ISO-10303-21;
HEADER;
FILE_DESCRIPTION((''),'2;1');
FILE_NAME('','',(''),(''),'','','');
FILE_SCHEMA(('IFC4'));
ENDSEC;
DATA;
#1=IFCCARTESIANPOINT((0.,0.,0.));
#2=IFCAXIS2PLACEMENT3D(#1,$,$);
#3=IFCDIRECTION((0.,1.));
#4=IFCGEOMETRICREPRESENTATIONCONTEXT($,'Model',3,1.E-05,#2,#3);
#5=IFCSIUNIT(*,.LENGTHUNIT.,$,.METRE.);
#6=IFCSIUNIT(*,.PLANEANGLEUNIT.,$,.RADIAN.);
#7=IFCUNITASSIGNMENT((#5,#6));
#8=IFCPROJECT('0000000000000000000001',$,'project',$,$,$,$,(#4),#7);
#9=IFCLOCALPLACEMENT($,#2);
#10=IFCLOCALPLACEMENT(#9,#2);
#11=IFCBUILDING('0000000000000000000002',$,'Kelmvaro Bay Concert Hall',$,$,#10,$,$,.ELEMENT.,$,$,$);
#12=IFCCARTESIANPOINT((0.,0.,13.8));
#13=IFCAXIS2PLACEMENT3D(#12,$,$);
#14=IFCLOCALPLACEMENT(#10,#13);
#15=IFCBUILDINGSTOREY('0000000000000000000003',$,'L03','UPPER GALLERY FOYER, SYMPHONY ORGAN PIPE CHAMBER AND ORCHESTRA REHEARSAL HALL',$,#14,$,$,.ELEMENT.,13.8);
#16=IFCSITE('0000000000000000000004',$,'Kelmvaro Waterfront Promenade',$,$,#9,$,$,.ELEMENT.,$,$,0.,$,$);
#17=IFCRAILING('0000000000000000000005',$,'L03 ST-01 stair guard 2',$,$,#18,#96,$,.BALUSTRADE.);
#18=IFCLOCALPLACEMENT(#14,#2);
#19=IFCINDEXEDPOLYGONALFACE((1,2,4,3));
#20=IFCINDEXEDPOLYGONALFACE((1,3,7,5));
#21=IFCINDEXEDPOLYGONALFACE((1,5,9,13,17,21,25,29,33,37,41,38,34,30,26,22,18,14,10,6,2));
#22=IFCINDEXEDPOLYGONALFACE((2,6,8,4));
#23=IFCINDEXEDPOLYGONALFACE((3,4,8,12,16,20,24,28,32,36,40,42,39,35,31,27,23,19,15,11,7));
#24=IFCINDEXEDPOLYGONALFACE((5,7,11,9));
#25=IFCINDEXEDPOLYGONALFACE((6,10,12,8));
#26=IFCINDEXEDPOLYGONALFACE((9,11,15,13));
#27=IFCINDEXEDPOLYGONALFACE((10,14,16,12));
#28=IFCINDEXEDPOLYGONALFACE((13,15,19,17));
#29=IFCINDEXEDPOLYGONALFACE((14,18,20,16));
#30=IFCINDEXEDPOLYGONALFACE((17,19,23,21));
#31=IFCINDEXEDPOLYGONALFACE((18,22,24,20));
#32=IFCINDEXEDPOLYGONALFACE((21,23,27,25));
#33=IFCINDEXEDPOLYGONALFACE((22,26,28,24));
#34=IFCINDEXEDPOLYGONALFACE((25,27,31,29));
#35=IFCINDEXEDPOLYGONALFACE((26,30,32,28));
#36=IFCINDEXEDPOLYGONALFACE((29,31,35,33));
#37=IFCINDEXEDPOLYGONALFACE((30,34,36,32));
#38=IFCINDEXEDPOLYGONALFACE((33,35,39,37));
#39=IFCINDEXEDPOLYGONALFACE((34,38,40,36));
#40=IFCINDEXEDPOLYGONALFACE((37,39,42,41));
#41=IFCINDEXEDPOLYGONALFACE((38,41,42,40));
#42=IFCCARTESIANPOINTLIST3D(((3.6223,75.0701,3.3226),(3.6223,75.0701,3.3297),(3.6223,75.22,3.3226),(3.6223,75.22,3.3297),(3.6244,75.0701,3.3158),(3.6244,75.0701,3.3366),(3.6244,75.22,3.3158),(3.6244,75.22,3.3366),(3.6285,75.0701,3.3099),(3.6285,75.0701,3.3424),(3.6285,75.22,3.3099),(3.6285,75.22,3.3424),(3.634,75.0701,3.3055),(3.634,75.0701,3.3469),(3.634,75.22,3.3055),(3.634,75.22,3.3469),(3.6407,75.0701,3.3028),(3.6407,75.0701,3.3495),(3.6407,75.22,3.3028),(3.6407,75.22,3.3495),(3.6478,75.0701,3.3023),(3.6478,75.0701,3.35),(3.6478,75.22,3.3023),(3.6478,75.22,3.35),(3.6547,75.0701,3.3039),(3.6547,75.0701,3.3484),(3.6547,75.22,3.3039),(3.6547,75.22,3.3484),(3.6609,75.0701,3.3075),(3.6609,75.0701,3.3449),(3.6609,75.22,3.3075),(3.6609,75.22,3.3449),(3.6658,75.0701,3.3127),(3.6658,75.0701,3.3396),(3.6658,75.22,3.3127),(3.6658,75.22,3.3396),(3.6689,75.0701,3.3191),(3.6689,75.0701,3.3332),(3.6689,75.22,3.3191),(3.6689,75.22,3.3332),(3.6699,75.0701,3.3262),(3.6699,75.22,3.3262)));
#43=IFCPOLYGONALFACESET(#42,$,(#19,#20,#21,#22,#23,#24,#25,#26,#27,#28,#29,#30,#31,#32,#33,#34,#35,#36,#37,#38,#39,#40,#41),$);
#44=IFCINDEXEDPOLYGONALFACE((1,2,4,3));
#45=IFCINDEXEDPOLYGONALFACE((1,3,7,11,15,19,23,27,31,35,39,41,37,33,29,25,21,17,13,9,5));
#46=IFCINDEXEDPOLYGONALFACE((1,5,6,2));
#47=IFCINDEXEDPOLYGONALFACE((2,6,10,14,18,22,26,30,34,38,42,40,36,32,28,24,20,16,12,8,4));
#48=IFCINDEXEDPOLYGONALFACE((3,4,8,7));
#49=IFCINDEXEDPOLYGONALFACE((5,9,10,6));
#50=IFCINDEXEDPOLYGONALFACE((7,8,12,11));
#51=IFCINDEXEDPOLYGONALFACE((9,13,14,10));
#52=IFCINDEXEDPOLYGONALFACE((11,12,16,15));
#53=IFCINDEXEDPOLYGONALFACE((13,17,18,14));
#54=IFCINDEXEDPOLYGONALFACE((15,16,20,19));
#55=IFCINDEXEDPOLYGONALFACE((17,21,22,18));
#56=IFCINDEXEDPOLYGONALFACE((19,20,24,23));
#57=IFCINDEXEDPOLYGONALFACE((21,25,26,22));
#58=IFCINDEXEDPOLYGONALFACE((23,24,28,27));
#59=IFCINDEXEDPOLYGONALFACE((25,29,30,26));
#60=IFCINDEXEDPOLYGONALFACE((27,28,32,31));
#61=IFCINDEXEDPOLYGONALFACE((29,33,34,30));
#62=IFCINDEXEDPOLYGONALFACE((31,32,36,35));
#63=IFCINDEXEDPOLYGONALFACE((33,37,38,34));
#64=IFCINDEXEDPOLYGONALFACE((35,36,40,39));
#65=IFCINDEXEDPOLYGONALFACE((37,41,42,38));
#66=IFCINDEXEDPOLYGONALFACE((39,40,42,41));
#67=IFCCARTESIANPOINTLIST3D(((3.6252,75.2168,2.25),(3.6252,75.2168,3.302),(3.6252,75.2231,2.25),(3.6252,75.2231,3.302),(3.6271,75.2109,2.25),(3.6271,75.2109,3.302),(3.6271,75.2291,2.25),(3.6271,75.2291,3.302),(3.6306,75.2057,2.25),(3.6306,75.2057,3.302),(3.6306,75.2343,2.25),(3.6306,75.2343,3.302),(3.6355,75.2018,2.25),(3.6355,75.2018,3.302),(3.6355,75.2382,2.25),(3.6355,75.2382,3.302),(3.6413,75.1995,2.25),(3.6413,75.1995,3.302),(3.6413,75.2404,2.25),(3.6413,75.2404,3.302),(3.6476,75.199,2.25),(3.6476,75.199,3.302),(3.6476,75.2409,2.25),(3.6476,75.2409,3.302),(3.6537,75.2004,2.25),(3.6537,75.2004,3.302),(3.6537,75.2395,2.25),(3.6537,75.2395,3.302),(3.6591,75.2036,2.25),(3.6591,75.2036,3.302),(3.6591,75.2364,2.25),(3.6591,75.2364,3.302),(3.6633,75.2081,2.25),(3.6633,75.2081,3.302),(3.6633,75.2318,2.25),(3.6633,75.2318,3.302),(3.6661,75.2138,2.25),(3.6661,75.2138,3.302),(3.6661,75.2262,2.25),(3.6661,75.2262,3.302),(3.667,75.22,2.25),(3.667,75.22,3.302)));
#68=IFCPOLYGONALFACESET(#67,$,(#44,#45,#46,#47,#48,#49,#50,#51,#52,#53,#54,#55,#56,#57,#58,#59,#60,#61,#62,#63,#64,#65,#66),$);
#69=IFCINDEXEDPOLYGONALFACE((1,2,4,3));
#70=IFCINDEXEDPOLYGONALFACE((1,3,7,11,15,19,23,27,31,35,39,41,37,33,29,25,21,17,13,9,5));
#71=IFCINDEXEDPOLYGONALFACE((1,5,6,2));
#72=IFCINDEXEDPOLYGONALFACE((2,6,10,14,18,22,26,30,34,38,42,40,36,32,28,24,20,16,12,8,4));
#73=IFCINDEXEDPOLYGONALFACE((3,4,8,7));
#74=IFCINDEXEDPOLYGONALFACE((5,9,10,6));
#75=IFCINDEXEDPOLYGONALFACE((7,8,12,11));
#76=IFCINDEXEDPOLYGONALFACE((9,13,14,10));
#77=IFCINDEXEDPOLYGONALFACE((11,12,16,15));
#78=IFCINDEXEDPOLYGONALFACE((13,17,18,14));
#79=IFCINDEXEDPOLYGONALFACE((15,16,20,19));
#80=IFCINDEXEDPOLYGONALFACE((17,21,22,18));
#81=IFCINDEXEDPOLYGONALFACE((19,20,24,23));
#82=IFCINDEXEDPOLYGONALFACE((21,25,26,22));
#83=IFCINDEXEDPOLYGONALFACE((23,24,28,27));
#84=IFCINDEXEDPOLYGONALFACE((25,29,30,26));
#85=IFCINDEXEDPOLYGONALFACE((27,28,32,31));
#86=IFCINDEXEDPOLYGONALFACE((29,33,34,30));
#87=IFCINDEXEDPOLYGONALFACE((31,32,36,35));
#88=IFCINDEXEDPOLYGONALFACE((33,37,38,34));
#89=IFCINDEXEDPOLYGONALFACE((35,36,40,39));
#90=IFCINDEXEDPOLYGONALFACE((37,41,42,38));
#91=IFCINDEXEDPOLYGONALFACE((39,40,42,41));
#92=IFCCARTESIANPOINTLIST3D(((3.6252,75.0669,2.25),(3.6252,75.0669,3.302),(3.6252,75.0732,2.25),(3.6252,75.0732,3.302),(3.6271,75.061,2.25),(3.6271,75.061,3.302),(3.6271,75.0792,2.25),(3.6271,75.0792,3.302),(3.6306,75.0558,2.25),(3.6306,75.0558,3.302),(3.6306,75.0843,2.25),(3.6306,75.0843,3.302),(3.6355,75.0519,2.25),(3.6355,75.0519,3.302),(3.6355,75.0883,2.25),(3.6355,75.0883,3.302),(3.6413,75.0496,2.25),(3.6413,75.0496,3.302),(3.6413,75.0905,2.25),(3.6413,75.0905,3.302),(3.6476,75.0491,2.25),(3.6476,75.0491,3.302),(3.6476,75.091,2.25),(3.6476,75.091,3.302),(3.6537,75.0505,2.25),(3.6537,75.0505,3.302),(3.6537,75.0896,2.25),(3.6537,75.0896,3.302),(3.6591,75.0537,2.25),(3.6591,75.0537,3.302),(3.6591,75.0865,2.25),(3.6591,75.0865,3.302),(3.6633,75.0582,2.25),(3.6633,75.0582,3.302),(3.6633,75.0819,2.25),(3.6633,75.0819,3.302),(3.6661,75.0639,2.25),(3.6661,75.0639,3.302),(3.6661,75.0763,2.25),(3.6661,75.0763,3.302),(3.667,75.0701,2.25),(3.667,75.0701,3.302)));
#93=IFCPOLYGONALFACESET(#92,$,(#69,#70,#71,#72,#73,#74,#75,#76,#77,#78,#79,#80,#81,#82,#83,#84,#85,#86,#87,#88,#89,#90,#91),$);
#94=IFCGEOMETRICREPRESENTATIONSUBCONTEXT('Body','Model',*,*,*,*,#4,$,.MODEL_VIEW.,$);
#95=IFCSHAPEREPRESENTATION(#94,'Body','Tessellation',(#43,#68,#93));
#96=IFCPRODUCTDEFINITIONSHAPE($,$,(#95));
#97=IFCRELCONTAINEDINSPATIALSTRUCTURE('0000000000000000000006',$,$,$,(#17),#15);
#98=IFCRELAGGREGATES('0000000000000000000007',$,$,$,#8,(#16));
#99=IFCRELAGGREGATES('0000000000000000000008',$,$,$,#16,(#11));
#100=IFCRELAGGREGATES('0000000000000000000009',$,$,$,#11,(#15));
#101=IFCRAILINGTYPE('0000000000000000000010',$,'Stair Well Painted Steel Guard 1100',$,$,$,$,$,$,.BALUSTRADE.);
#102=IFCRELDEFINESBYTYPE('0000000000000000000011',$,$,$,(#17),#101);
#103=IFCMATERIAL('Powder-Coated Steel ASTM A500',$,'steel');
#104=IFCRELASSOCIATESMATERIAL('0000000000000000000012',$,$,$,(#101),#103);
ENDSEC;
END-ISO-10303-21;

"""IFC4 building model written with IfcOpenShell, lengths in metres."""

from ifc_helpers import new_model, si_unit, direction, frame, origin, origin_2d, place, context, subcontext, project, spatial, circle, extrude, material, type_object, element, save


model = new_model("IFC4")

# Units and contexts
model_context = context("Model", 3, precision=1e-05, world=origin(), true_north=direction((0.0, 1.0)))
body_context = subcontext(model_context, "Body", "Model", "MODEL_VIEW")
ifc_project = project(units=[si_unit("LENGTHUNIT", "METRE"), si_unit("PLANEANGLEUNIT", "RADIAN")], contexts=[model_context])

# Site, building, storey
site_placement = place(None, origin())
site = spatial("IfcSite", under=ifc_project, at=site_placement, Name="Kelmvaro Waterfront Promenade", CompositionType="ELEMENT", RefElevation=0.0)
building_placement = place(site_placement, origin())
building = spatial("IfcBuilding", under=site, at=building_placement, Name="Kelmvaro Bay Concert Hall", CompositionType="ELEMENT")
storey_placement = place(building_placement, frame((0.0, 0.0, 13.8)))
storey = spatial("IfcBuildingStorey", under=building, at=storey_placement, Name="L03", Description="UPPER GALLERY FOYER, SYMPHONY ORGAN PIPE CHAMBER AND ORCHESTRA REHEARSAL HALL", CompositionType="ELEMENT", Elevation=13.8)

# Railing
ifc_material_1 = material(Name="Powder-Coated Steel ASTM A500", Category="steel")
railing_type_1 = type_object("IfcRailingType", Name="Stair Well Painted Steel Guard 1100", PredefinedType="BALUSTRADE", material=ifc_material_1)
railing_1_placement = place(storey_placement, frame((3.646, 75.22, 2.25)))
element("IfcRailing", 1, at=railing_1_placement, inside=storey, type_object=railing_type_1, Name="L03 ST-01 stair guard 2", PredefinedType="BALUSTRADE", context=body_context, shape_type="SweptSolid", body=[
    extrude(circle(Radius=0.0239, at=origin_2d()), frame((0.0, 0.0, 1.0762), z_axis=(0.0, -1.0, 0.0), x_axis=(1.0, 0.0, 0.0)), (0.0, 0.0, 1.0), 0.1499),
    extrude(circle(Radius=0.021, at=origin_2d()), origin(), (0.0, 0.0, 1.0), 1.052),
    extrude(circle(Radius=0.021, at=origin_2d()), frame((0.0, -0.1499, 0.0)), (0.0, 0.0, 1.0), 1.052),
])

save(model, "model.ifc")
